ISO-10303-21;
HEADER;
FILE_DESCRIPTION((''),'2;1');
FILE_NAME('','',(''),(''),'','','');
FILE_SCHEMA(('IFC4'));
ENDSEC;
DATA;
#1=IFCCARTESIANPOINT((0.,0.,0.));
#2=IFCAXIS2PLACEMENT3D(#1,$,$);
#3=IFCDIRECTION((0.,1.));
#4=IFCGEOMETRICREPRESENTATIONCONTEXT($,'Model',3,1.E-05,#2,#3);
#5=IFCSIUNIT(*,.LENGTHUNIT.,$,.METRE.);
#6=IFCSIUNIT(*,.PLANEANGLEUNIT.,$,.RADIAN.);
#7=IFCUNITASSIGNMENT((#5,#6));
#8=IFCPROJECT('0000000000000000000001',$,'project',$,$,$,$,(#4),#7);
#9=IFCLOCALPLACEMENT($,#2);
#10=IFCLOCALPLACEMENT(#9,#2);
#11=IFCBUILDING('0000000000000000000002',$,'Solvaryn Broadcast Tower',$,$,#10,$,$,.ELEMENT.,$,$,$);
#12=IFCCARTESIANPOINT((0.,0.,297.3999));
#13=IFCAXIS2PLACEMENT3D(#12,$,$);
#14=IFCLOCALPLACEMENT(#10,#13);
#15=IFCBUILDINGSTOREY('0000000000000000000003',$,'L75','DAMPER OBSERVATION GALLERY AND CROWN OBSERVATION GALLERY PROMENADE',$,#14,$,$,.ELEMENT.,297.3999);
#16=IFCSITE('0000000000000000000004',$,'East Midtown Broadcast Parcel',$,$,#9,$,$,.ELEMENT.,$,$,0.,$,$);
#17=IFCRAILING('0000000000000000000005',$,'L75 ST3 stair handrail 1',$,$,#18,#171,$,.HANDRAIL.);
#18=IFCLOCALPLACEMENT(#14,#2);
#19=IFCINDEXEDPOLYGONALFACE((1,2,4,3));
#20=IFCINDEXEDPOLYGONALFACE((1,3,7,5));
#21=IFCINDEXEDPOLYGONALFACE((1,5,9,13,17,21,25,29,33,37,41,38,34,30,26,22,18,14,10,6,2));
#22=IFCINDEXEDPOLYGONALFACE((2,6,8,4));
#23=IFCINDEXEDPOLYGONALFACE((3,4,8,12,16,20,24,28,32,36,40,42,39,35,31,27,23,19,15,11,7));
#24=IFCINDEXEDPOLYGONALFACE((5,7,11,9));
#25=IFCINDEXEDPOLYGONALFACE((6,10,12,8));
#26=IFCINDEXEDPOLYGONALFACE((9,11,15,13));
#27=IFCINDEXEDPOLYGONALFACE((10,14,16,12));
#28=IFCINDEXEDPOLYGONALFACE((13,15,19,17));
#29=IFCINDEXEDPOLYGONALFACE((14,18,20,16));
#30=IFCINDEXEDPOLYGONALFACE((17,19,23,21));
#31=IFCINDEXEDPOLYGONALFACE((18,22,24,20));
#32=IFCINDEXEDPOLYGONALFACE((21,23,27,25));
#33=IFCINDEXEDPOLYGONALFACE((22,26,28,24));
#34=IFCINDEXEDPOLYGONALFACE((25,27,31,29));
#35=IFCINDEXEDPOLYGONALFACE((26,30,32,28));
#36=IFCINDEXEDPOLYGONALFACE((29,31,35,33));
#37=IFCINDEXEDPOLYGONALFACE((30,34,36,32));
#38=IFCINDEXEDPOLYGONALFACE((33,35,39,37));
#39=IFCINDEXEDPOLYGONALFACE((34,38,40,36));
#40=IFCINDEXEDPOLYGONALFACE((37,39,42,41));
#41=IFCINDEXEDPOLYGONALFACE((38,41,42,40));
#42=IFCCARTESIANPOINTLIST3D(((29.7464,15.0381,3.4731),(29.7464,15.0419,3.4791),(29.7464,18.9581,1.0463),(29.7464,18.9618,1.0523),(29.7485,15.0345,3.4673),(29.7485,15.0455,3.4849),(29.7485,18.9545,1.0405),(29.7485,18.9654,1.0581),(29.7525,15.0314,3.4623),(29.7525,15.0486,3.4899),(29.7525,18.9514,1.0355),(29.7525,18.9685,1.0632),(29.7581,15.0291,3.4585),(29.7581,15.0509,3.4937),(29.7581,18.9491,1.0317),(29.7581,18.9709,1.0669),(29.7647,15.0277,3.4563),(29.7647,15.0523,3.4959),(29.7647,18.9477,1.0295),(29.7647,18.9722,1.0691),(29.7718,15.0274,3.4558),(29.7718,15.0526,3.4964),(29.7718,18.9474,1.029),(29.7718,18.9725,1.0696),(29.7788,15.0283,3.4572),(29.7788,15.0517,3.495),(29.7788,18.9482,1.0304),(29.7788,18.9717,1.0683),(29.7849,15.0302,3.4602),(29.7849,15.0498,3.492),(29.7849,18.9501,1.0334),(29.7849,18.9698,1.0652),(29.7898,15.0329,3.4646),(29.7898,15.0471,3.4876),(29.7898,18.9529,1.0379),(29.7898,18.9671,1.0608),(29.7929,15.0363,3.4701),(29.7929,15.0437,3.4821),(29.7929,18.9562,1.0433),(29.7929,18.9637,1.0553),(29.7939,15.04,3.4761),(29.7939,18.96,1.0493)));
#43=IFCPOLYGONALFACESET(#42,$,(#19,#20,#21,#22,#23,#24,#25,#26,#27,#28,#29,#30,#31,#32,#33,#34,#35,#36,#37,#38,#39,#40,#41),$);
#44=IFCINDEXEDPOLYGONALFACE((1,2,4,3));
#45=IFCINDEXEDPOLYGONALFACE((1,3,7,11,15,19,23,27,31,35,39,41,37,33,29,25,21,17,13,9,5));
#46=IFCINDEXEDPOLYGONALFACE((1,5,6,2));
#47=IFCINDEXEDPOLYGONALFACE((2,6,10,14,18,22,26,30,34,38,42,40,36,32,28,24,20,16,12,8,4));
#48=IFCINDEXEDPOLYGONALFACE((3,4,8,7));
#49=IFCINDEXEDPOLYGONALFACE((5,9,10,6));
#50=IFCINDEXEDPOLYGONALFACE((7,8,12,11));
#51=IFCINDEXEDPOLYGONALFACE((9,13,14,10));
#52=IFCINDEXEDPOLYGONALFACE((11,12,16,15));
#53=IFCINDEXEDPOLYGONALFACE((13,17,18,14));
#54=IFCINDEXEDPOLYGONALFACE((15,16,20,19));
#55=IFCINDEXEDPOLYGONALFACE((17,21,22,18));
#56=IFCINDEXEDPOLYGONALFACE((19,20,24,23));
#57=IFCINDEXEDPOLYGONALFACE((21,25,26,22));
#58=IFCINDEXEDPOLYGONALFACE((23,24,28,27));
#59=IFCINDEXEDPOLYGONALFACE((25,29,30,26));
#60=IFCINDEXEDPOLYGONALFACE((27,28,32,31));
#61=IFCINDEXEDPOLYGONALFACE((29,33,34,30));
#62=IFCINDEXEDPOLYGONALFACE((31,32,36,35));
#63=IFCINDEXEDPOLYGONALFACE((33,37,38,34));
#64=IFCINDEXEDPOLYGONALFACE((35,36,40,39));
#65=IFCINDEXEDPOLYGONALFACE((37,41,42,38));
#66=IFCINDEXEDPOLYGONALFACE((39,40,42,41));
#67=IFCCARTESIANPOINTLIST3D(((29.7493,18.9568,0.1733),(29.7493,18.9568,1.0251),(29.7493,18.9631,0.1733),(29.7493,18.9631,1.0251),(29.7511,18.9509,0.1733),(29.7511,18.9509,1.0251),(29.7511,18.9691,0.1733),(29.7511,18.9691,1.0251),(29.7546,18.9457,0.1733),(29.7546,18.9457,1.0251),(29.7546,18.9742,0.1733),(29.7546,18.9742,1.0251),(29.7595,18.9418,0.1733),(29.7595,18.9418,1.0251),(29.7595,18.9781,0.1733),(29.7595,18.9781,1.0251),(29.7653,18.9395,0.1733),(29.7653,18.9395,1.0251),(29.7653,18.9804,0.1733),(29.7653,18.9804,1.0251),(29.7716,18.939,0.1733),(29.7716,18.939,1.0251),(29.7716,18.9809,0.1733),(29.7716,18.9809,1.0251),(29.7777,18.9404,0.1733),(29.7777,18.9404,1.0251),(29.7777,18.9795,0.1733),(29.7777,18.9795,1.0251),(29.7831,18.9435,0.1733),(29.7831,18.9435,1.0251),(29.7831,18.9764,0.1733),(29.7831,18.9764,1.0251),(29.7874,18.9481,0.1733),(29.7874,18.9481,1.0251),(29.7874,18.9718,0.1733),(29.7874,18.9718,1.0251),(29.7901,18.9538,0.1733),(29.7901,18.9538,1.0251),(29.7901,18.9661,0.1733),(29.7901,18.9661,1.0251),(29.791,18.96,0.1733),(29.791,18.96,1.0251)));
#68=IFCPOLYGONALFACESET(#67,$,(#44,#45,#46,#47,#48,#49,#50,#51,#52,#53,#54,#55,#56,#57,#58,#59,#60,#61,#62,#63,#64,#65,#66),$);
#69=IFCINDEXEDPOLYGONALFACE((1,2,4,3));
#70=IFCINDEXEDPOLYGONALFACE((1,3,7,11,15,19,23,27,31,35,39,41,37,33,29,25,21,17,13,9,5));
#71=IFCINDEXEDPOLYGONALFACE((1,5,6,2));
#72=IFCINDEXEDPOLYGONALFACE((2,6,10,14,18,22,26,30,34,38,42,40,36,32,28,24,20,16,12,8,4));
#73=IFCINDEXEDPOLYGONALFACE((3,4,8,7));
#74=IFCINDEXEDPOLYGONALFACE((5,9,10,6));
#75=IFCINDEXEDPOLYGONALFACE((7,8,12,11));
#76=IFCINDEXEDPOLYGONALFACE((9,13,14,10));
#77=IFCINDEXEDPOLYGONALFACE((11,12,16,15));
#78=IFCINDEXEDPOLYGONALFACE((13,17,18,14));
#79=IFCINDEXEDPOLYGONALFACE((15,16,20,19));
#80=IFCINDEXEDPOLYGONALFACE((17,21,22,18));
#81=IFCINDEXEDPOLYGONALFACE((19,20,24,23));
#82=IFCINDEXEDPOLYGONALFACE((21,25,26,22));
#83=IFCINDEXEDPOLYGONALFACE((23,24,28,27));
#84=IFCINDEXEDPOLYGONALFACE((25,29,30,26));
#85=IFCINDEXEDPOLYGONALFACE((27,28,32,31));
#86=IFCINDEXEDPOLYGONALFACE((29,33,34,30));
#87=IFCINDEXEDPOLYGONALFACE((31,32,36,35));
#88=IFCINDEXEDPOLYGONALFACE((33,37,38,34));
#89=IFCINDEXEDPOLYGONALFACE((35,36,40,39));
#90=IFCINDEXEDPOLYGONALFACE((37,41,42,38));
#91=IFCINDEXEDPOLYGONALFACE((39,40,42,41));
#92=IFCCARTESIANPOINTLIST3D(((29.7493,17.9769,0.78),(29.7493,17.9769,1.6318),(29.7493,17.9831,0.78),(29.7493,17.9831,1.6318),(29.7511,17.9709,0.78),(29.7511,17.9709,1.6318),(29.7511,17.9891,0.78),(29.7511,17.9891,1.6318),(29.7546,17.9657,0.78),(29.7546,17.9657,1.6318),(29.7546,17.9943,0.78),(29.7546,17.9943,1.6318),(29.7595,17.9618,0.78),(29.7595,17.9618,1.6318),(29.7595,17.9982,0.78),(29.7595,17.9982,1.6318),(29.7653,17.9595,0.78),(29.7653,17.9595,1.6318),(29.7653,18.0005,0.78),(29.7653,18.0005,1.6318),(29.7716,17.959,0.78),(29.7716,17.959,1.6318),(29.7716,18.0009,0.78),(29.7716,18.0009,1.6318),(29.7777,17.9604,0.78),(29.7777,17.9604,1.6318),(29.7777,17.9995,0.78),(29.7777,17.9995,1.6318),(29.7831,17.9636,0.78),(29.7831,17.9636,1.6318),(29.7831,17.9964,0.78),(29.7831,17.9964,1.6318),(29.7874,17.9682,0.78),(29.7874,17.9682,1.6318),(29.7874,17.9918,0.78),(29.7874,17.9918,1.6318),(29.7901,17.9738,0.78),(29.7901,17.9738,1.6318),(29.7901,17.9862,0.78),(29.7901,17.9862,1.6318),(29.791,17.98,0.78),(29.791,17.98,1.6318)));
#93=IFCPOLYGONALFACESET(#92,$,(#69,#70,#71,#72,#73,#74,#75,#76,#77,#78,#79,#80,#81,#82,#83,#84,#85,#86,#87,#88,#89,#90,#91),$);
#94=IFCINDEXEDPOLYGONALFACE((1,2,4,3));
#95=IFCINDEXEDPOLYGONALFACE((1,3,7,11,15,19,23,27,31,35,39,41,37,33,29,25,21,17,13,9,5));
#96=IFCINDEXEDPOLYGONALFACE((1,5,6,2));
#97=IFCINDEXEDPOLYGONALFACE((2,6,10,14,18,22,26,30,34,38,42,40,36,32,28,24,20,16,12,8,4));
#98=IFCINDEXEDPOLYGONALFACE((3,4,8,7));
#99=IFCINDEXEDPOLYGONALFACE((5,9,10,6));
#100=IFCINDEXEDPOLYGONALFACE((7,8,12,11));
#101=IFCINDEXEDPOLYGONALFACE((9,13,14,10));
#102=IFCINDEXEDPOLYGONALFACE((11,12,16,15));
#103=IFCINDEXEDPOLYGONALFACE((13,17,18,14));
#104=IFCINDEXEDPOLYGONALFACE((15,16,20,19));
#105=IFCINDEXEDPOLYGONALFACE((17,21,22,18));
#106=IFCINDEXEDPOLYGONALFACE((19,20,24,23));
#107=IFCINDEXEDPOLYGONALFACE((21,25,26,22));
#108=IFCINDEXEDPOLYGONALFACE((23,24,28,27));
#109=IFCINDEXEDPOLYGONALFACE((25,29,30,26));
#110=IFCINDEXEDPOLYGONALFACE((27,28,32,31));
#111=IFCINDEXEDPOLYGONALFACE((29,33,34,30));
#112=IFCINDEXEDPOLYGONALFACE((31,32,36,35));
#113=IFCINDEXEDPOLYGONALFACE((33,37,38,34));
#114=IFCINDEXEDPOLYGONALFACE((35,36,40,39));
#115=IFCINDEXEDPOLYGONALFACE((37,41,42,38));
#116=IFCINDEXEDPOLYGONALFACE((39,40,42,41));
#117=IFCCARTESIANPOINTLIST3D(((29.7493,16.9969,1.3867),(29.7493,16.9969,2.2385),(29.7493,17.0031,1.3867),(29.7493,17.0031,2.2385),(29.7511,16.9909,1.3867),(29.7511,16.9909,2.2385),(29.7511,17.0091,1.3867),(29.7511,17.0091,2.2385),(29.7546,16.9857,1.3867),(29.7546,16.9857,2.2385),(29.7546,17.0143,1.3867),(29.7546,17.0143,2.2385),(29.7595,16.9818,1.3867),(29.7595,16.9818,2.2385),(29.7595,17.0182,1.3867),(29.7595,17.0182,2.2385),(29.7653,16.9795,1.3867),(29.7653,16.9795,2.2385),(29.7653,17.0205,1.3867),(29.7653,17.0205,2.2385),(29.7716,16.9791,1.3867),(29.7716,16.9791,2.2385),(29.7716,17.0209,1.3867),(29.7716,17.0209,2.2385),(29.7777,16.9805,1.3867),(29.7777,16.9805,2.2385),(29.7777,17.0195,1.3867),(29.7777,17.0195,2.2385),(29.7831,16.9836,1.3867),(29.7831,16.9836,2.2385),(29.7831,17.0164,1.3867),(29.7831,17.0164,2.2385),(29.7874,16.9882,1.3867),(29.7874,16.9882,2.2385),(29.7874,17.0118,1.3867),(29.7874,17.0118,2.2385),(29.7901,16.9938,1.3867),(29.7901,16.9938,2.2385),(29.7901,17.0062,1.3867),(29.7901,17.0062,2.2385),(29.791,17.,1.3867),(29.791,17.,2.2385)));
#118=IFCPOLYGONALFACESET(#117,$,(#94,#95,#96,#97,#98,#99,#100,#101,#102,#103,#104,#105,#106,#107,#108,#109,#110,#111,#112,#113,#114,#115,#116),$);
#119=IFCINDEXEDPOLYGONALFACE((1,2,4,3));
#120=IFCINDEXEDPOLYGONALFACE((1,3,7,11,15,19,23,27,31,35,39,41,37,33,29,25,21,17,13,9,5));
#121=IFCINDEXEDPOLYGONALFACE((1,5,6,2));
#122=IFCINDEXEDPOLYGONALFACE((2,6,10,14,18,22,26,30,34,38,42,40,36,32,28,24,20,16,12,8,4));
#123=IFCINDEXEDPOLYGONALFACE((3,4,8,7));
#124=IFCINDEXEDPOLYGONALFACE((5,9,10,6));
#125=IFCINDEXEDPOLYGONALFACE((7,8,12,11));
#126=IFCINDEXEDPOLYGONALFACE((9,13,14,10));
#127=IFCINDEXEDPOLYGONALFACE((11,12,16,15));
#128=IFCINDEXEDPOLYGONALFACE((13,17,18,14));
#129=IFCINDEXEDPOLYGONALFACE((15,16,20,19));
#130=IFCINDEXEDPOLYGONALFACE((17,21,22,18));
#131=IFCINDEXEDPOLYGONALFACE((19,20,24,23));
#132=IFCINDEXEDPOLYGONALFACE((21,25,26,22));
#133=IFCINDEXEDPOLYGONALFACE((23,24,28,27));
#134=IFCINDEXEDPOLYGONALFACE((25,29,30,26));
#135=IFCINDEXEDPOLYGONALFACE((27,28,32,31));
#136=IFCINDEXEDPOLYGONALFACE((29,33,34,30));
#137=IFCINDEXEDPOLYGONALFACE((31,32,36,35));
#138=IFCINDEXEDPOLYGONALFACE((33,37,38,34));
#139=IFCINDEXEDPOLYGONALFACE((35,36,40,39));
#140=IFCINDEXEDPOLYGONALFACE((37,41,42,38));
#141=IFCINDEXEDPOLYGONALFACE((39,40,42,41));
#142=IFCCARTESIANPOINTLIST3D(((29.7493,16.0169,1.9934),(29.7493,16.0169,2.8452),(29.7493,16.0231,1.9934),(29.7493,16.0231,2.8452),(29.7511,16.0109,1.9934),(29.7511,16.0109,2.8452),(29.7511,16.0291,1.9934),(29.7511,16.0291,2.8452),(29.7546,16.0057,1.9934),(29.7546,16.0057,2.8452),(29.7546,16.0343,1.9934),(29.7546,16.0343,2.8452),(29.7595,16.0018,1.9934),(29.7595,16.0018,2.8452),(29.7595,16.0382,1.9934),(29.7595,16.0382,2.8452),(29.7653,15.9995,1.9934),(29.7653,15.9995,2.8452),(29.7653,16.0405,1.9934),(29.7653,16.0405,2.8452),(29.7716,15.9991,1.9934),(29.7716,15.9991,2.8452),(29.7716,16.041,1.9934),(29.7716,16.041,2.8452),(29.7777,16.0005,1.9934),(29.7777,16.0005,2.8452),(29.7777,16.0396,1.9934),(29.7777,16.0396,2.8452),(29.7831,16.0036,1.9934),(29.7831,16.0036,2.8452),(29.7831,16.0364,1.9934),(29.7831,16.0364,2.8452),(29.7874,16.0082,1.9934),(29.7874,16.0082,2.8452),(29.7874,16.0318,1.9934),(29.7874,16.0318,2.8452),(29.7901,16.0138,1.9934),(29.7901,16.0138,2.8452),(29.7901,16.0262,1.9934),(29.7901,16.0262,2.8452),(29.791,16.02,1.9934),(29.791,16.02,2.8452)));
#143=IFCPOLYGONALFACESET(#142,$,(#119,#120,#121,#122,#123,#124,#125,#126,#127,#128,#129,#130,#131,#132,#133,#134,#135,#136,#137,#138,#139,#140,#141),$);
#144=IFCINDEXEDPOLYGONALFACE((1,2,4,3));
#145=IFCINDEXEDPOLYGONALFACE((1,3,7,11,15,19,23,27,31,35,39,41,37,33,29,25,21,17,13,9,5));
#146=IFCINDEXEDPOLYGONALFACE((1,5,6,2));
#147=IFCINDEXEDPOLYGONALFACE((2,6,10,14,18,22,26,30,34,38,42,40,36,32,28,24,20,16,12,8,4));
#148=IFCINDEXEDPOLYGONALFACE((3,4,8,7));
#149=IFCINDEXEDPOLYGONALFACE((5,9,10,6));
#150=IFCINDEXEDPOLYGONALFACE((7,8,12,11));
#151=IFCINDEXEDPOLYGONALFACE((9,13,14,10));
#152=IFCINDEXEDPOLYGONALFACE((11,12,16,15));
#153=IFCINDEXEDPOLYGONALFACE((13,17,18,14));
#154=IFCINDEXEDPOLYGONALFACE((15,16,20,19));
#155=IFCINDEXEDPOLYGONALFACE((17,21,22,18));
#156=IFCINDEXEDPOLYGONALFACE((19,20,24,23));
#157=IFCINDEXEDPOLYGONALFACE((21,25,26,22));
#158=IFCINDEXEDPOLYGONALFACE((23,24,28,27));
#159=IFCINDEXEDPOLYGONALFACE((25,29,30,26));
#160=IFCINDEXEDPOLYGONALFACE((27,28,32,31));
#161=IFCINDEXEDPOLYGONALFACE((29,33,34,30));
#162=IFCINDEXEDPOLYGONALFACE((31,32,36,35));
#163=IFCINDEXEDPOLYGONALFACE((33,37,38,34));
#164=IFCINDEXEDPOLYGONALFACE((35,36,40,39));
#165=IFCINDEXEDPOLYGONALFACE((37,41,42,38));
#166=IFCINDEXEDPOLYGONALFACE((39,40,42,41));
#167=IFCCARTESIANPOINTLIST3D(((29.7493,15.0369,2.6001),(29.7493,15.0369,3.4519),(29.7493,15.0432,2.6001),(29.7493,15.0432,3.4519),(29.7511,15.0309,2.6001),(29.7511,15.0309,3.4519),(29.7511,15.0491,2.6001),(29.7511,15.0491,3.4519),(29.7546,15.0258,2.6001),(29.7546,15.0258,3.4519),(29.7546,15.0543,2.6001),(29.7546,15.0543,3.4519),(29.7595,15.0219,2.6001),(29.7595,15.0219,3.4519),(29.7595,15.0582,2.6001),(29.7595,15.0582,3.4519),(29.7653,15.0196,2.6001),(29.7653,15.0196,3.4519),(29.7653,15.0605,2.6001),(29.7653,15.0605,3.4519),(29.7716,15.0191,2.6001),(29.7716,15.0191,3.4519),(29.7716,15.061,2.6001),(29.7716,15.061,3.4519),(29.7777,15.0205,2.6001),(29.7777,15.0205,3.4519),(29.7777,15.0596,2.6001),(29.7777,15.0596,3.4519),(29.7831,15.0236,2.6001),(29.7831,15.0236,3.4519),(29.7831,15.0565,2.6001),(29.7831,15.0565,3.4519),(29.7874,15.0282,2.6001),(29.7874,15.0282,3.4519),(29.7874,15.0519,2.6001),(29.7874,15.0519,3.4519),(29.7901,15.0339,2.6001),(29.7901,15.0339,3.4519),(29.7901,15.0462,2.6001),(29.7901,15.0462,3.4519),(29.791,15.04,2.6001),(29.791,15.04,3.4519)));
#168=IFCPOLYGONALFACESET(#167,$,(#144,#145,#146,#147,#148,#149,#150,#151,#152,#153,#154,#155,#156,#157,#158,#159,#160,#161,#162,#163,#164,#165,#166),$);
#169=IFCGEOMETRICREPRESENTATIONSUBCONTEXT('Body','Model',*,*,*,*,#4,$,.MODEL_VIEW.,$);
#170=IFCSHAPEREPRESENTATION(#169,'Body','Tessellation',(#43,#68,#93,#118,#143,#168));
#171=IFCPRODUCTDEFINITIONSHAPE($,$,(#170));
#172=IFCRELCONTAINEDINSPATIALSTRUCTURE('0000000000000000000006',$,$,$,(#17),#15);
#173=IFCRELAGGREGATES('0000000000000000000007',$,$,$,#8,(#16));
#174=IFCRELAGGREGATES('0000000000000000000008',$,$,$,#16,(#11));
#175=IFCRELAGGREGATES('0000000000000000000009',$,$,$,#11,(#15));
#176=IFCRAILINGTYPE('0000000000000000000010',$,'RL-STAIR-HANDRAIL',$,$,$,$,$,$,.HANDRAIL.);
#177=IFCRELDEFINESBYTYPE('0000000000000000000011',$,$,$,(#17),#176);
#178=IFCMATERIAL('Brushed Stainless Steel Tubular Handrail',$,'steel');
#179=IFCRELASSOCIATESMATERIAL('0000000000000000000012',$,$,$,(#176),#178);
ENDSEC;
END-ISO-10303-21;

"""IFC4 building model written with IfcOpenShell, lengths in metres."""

from ifc_helpers import new_model, si_unit, direction, frame, origin, origin_2d, place, context, subcontext, project, spatial, circle, extrude, material, type_object, element, save


model = new_model("IFC4")

# Units and contexts
model_context = context("Model", 3, precision=1e-05, world=origin(), true_north=direction((0.0, 1.0)))
body_context = subcontext(model_context, "Body", "Model", "MODEL_VIEW")
ifc_project = project(units=[si_unit("LENGTHUNIT", "METRE"), si_unit("PLANEANGLEUNIT", "RADIAN")], contexts=[model_context])

# Site, building, storey
site_placement = place(None, origin())
site = spatial("IfcSite", under=ifc_project, at=site_placement, Name="East Midtown Broadcast Parcel", CompositionType="ELEMENT", RefElevation=0.0)
building_placement = place(site_placement, origin())
building = spatial("IfcBuilding", under=site, at=building_placement, Name="Solvaryn Broadcast Tower", CompositionType="ELEMENT")
storey_placement = place(building_placement, frame((0.0, 0.0, 297.3999)))
storey = spatial("IfcBuildingStorey", under=building, at=storey_placement, Name="L75", Description="DAMPER OBSERVATION GALLERY AND CROWN OBSERVATION GALLERY PROMENADE", CompositionType="ELEMENT", Elevation=297.3999)

# Railing
ifc_material_1 = material(Name="Brushed Stainless Steel Tubular Handrail", Category="steel")
railing_type_1 = type_object("IfcRailingType", Name="RL-STAIR-HANDRAIL", PredefinedType="HANDRAIL", material=ifc_material_1)
railing_1_placement = place(storey_placement, frame((29.77, 18.96, 0.1733)))
element("IfcRailing", 1, at=railing_1_placement, inside=storey, type_object=railing_type_1, Name="L75 ST3 stair handrail 1", PredefinedType="HANDRAIL", context=body_context, shape_type="SweptSolid", body=[
    extrude(circle(Radius=0.0239, at=origin_2d()), frame((0.0, 0.0, 0.876), z_axis=(0.0, -0.850252, 0.526376), x_axis=(1.0, 0.0, 0.0)), (0.0, 0.0, 1.0), 4.6104),
    extrude(circle(Radius=0.021, at=origin_2d()), origin(), (0.0, 0.0, 1.0), 0.8518),
    extrude(circle(Radius=0.021, at=origin_2d()), frame((0.0, -0.98, 0.6067)), (0.0, 0.0, 1.0), 0.8518),
    extrude(circle(Radius=0.021, at=origin_2d()), frame((0.0, -1.96, 1.2134)), (0.0, 0.0, 1.0), 0.8518),
    extrude(circle(Radius=0.021, at=origin_2d()), frame((0.0, -2.9399, 1.8201)), (0.0, 0.0, 1.0), 0.8518),
    extrude(circle(Radius=0.021, at=origin_2d()), frame((0.0, -3.9199, 2.4268)), (0.0, 0.0, 1.0), 0.8518),
])

save(model, "model.ifc")
